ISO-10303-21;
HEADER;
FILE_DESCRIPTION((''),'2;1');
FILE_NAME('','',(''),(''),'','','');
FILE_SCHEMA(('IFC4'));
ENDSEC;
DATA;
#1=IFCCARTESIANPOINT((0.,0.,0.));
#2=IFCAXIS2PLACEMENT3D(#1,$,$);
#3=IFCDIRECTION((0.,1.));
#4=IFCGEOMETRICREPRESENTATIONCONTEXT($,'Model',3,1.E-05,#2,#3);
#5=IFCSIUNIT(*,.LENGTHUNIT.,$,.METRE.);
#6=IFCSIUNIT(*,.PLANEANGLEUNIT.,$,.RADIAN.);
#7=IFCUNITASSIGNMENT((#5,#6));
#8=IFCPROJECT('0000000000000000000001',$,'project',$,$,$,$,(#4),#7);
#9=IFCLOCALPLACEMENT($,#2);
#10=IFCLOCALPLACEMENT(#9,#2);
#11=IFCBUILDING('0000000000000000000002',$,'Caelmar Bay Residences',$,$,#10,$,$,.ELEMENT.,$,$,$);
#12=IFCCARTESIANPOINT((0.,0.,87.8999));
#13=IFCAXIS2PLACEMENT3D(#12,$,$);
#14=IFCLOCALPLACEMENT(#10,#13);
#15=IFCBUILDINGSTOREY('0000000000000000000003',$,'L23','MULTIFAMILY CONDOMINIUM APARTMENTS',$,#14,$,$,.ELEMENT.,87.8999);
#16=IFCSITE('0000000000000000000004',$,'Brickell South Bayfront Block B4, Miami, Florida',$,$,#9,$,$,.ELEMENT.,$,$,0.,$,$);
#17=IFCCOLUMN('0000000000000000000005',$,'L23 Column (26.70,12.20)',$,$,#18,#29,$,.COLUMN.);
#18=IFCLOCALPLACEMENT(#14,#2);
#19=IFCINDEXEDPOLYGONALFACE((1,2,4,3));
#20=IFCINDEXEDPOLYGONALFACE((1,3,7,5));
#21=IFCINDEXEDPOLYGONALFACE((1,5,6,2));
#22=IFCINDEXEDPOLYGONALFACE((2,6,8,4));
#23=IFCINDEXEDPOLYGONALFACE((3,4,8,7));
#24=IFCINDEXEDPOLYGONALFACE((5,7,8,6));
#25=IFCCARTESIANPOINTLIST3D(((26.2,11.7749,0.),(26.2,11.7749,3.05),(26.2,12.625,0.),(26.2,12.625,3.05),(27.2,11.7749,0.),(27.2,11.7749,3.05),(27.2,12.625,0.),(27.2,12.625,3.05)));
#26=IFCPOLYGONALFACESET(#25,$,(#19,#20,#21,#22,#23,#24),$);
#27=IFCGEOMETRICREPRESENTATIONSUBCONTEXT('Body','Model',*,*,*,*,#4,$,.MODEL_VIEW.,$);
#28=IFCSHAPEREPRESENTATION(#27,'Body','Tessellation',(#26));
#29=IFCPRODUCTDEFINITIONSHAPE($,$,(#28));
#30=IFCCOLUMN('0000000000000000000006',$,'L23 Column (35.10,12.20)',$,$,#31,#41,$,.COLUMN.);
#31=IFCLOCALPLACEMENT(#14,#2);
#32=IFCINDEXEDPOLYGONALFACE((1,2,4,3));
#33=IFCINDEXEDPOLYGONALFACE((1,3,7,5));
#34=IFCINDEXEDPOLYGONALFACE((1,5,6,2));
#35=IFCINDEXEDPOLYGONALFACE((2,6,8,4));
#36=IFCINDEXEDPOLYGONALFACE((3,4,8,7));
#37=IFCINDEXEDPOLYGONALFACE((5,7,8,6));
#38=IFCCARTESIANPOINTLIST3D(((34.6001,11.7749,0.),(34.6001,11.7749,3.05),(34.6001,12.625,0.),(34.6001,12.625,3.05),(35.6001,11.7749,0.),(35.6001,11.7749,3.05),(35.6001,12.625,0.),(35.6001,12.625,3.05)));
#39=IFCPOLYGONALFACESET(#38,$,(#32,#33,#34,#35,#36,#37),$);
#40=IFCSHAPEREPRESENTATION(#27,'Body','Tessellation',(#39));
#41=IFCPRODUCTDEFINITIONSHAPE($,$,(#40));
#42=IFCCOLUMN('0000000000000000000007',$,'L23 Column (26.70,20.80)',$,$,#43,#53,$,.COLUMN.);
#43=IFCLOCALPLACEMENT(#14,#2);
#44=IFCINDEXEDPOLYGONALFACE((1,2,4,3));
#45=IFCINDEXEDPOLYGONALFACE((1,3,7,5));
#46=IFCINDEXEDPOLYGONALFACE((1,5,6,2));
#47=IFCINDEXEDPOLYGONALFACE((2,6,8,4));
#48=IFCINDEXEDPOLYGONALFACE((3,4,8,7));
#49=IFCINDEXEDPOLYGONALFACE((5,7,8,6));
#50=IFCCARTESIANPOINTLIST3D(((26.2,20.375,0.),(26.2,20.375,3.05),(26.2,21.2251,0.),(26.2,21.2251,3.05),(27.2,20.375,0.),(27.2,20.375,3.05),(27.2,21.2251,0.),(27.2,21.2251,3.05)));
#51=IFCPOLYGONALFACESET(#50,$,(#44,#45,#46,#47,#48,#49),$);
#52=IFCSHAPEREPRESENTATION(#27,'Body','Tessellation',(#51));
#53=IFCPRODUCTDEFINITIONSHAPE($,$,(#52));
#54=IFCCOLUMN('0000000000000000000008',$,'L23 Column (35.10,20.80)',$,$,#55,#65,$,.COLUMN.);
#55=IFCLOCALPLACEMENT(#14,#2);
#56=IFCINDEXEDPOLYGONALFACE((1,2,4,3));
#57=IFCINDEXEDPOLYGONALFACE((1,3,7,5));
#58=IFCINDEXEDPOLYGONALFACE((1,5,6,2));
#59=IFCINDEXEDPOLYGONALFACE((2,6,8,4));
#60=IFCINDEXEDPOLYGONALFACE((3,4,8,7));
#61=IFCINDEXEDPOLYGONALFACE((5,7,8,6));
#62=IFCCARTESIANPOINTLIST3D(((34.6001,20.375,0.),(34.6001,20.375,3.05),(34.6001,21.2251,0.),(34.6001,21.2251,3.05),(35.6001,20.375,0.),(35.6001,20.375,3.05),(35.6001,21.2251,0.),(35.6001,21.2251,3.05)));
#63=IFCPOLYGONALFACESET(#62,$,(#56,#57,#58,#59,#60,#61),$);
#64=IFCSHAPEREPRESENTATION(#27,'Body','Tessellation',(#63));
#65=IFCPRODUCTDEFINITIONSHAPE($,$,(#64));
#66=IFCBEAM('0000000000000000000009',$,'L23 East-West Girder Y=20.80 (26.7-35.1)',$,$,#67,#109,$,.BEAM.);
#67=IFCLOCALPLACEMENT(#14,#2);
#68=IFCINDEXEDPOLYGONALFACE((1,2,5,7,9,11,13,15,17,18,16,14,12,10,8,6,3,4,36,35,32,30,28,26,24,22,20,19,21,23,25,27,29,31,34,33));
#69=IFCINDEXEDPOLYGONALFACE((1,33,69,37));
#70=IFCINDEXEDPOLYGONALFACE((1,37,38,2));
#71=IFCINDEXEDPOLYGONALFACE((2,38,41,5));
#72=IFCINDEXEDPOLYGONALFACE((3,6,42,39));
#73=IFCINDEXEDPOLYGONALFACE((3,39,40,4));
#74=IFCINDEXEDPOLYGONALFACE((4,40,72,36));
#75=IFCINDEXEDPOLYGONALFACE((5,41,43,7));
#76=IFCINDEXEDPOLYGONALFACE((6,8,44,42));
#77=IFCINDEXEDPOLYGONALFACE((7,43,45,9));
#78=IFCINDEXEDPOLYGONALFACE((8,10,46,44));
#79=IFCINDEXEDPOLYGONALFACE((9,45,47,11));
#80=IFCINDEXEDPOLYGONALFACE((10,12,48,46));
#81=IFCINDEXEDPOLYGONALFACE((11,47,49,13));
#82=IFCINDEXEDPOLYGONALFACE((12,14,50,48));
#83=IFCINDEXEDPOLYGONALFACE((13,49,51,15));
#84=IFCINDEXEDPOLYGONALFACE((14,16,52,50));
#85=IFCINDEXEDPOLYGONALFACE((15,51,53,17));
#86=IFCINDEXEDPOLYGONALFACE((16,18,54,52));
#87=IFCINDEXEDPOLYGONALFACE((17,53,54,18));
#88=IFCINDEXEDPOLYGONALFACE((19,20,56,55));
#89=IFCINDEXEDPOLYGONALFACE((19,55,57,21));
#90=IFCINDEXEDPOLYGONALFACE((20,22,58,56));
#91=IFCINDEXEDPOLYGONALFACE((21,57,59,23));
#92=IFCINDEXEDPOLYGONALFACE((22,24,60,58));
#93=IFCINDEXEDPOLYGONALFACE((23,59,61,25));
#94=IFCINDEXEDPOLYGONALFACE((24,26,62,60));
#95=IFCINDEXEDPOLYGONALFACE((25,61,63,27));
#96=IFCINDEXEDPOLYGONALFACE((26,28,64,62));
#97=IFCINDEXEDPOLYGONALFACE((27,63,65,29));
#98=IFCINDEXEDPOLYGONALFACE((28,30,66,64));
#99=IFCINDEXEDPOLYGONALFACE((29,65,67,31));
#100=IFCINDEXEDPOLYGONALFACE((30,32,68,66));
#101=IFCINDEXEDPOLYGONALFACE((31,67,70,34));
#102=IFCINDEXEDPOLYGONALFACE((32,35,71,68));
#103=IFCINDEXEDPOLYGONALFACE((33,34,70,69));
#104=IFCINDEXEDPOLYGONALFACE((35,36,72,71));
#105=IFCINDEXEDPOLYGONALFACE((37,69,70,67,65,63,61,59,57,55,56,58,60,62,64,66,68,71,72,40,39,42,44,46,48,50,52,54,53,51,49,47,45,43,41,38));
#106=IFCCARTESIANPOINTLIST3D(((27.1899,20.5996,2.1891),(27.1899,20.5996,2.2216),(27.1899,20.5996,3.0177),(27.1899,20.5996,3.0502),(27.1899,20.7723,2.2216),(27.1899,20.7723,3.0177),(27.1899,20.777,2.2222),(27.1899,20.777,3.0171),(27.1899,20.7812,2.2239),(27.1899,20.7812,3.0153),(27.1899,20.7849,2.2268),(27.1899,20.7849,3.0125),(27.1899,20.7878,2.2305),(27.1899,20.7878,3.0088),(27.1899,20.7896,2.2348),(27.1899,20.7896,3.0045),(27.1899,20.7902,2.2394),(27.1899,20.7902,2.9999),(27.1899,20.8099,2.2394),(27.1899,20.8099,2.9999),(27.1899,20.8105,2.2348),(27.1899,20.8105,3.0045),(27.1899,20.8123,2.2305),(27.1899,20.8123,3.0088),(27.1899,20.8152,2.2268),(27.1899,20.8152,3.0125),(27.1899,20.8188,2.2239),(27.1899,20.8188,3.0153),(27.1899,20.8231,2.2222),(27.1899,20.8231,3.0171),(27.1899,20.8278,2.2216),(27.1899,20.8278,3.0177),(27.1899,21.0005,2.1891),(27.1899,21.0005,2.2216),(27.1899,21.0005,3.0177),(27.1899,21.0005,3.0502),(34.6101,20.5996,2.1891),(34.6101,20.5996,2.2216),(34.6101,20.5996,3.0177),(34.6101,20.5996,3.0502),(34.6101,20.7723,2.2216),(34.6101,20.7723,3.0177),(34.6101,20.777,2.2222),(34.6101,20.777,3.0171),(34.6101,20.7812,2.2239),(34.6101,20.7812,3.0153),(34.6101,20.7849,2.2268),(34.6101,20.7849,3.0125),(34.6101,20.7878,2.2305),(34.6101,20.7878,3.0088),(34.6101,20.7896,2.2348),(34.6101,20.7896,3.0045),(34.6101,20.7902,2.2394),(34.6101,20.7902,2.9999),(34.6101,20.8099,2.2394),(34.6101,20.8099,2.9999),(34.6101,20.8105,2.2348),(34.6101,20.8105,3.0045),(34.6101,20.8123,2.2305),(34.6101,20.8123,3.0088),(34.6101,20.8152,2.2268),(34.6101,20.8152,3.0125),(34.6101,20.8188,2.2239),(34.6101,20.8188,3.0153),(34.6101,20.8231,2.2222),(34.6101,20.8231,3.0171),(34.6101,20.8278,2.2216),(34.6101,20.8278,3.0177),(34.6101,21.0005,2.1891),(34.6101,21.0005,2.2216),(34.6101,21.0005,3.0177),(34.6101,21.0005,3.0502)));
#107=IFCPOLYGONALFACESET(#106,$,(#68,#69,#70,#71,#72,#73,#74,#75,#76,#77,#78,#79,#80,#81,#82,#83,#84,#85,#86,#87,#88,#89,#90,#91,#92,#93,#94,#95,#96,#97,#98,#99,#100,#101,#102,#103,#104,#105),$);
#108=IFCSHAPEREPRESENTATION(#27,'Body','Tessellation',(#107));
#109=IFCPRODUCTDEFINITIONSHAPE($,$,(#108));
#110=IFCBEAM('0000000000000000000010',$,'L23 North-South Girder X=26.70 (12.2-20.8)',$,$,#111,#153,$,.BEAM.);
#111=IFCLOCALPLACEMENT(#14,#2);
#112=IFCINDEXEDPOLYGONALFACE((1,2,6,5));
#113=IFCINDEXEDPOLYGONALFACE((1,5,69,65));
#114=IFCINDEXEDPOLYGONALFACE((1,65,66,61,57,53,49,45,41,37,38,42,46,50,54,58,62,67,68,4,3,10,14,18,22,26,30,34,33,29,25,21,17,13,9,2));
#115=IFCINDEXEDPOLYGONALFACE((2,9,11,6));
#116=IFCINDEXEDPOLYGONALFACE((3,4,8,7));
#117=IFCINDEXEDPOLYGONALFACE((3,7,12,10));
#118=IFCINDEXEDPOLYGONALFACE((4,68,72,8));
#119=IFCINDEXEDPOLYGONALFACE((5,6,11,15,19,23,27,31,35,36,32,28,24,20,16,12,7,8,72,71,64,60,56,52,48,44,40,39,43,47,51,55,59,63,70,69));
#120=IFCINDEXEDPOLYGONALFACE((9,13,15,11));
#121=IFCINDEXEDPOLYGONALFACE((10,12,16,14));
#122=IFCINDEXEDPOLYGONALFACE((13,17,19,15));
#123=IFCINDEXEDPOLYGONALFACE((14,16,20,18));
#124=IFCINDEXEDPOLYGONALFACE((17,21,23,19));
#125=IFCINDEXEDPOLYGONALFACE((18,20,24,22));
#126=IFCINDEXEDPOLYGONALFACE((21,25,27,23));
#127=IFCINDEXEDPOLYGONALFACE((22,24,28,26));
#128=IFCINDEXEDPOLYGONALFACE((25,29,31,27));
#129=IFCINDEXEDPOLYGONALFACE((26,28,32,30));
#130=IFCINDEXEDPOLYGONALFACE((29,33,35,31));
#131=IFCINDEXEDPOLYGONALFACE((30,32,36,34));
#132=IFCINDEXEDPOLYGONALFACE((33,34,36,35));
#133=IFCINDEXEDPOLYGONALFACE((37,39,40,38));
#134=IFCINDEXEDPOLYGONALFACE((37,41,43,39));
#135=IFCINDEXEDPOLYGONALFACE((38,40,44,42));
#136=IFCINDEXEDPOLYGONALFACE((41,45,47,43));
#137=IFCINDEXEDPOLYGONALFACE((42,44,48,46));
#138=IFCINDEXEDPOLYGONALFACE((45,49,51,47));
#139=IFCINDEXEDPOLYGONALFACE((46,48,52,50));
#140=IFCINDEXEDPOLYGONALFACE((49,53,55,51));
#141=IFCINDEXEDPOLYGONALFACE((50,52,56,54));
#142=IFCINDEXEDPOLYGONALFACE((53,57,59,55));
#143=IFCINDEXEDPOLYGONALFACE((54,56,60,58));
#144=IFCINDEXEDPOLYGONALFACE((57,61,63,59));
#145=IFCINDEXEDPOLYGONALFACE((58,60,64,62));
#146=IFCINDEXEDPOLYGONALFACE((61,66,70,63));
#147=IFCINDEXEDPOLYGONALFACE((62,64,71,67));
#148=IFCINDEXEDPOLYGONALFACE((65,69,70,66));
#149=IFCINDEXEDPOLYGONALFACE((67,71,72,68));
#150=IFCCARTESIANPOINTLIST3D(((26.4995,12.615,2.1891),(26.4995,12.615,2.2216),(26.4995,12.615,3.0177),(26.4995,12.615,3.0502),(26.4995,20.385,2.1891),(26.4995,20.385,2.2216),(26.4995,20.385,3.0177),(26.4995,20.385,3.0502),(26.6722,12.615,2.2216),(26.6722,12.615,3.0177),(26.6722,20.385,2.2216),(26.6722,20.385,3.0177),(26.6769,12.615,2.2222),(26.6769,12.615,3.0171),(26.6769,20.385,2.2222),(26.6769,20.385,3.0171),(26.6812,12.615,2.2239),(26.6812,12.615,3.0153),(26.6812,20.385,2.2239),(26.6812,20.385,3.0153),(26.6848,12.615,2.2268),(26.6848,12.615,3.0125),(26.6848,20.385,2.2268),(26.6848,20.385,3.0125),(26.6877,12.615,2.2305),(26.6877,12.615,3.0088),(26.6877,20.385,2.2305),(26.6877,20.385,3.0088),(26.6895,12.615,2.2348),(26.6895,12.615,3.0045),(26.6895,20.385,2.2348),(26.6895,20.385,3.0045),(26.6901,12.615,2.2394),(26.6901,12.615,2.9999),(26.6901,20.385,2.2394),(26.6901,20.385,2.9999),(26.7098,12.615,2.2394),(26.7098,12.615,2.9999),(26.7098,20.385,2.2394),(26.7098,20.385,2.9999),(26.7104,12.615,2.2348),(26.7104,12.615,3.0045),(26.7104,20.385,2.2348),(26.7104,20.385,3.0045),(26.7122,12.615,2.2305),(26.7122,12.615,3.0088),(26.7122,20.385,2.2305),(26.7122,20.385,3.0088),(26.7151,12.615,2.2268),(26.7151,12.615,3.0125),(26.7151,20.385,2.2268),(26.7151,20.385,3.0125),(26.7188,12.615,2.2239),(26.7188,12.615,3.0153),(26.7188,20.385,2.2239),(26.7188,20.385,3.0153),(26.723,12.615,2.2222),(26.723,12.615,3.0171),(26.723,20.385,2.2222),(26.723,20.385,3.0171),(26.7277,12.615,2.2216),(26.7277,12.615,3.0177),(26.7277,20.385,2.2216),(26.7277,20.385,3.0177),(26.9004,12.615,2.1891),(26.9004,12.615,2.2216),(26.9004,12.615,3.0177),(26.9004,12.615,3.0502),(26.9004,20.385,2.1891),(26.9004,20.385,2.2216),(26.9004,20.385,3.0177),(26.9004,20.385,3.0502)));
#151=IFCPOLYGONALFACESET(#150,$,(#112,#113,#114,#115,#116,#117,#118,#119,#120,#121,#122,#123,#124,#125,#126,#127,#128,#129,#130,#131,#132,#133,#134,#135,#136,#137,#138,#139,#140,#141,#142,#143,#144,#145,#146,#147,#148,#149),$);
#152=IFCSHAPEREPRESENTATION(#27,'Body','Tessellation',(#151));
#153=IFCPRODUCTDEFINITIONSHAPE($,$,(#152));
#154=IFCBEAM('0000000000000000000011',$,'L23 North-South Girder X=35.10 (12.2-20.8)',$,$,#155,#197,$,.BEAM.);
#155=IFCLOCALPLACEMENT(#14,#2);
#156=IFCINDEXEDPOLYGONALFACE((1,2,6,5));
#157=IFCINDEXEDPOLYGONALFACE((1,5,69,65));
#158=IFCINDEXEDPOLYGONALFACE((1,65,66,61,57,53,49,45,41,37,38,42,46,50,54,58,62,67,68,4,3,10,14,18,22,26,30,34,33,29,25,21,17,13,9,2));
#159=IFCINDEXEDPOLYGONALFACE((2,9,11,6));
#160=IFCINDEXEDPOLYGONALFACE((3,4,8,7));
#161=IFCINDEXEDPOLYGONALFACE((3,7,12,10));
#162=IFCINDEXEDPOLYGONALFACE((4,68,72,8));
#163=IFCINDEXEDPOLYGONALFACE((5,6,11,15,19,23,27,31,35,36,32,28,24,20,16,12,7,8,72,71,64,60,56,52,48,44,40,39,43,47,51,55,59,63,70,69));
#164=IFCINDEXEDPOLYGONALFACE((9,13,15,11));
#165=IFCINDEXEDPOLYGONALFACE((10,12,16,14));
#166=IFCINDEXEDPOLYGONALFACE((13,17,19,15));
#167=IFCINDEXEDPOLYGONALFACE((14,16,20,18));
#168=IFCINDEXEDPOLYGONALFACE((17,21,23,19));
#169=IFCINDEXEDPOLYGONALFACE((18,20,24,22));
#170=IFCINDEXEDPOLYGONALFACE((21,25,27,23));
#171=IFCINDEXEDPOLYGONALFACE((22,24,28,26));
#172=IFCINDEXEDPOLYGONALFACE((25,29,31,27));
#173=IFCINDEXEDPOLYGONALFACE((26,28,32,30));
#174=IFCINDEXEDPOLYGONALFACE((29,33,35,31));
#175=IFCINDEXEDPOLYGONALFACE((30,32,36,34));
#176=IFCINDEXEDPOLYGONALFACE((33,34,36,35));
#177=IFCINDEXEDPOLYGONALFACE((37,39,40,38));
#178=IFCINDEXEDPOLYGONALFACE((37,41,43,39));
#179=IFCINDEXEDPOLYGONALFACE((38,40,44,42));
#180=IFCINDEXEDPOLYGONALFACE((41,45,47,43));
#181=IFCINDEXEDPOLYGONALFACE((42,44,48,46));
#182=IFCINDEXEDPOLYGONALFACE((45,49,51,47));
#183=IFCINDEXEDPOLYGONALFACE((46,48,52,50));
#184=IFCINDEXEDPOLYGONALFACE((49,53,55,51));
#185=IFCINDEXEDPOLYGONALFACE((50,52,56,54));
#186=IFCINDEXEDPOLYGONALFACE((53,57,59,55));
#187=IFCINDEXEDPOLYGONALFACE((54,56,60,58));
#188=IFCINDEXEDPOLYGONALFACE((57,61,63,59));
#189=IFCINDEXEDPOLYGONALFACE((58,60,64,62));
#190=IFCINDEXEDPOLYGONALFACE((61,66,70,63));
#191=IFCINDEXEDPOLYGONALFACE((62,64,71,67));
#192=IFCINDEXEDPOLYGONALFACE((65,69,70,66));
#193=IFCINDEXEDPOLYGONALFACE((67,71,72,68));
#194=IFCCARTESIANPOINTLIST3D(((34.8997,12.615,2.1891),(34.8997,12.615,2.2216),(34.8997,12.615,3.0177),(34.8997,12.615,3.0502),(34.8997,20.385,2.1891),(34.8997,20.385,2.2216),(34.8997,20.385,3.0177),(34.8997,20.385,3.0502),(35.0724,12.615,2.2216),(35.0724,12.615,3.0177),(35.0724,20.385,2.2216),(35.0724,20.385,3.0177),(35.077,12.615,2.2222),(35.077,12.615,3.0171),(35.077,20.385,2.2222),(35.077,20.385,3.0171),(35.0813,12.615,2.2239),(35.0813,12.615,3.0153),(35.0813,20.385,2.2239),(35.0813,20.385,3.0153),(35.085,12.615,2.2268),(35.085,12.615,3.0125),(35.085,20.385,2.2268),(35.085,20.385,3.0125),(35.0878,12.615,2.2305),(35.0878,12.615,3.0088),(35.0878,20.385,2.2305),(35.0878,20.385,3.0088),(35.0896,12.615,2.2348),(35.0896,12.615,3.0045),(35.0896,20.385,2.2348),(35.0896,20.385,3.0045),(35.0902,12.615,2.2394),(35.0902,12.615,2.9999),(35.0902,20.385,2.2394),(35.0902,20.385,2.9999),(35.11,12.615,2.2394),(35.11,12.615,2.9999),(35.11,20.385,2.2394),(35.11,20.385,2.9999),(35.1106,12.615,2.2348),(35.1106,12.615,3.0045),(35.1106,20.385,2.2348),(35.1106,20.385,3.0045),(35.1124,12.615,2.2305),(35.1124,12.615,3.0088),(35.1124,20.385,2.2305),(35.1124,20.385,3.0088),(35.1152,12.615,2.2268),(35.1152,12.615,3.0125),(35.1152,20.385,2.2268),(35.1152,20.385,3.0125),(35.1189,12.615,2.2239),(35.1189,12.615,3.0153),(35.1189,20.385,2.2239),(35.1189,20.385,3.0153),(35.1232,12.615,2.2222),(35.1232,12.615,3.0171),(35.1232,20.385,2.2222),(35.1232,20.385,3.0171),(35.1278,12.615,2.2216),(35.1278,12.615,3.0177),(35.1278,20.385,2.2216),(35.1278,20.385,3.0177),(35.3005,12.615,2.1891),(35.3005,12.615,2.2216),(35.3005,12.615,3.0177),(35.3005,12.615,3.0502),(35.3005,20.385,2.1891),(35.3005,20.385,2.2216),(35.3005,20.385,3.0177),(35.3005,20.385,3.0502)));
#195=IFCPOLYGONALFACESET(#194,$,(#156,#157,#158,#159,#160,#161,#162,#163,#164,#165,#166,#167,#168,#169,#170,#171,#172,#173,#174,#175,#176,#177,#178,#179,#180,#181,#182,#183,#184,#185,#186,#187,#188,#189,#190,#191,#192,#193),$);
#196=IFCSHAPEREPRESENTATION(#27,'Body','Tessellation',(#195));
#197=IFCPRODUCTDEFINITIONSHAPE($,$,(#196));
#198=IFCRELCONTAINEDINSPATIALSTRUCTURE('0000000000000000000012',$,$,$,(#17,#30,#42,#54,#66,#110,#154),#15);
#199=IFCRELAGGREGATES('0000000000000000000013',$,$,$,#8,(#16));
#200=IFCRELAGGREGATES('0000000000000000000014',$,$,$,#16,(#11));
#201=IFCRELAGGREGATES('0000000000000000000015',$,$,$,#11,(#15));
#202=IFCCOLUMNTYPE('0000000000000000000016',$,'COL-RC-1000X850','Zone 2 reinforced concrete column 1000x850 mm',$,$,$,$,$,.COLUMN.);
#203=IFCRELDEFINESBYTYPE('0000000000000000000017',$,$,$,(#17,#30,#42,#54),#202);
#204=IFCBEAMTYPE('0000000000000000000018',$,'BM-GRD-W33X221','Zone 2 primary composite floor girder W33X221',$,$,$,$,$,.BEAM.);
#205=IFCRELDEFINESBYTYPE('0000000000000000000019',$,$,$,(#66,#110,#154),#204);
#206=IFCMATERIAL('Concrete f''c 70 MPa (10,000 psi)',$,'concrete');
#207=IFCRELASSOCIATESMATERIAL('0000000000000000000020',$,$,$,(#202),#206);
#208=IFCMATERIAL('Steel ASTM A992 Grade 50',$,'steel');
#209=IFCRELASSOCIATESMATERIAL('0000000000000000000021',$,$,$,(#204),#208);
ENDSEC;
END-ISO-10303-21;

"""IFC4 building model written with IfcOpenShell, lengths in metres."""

from ifc_helpers import new_model, si_unit, direction, frame, origin, origin_2d, place, context, subcontext, project, spatial, rectangle, i_section, extrude, material, material_profile, profile_set, type_object, element, save


model = new_model("IFC4")

# Units and contexts
model_context = context("Model", 3, precision=1e-05, world=origin(), true_north=direction((0.0, 1.0)))
body_context = subcontext(model_context, "Body", "Model", "MODEL_VIEW")
ifc_project = project(units=[si_unit("LENGTHUNIT", "METRE"), si_unit("PLANEANGLEUNIT", "RADIAN")], contexts=[model_context])

# Site, building, storey
site_placement = place(None, origin())
site = spatial("IfcSite", under=ifc_project, at=site_placement, Name="Brickell South Bayfront Block B4, Miami, Florida", CompositionType="ELEMENT", RefElevation=0.0)
building_placement = place(site_placement, origin())
building = spatial("IfcBuilding", under=site, at=building_placement, Name="Caelmar Bay Residences", CompositionType="ELEMENT")
storey_placement = place(building_placement, frame((0.0, 0.0, 87.8999)))
storey = spatial("IfcBuildingStorey", under=building, at=storey_placement, Name="L23", Description="MULTIFAMILY CONDOMINIUM APARTMENTS", CompositionType="ELEMENT", Elevation=87.8999)

# Columns
ifc_material_1 = material(Name="Concrete f'c 70 MPa (10,000 psi)", Category="concrete")
ifc_material_profile_1 = material_profile(ifc_material_1, rectangle(XDim=1.0, YDim=0.8501, at=origin_2d()), Name="RC-COL-1000X850")
ifc_profile_set_1 = profile_set([ifc_material_profile_1], Name="Concrete f'c 70 MPa (10,000 psi)")
column_type = type_object("IfcColumnType", Name="COL-RC-1000X850", Description="Zone 2 reinforced concrete column 1000x850 mm", PredefinedType="COLUMN", material=ifc_profile_set_1)
for number, where, z_axis, x_axis, name in (
    (1, (26.7, 12.2, 0.0), (0.0, 0.0, 1.0), (1.0, 0.0, 0.0), "L23 Column (26.70,12.20)"),
    (2, (35.1001, 12.2, 0.0), (0.0, 0.0, 1.0), (1.0, 0.0, 0.0), "L23 Column (35.10,12.20)"),
    (3, (26.7, 20.8, 0.0), (0.0, 0.0, 1.0), (1.0, 0.0, 0.0), "L23 Column (26.70,20.80)"),
    (4, (35.1001, 20.8, 0.0), (0.0, 0.0, 1.0), (1.0, 0.0, 0.0), "L23 Column (35.10,20.80)"),
):
    element("IfcColumn", number, at=place(storey_placement, frame(where, z_axis=z_axis, x_axis=x_axis)), inside=storey, type_object=column_type, Name=name, PredefinedType="COLUMN", context=body_context, shape_type="SweptSolid", body=[
        extrude(rectangle(XDim=1.0, YDim=0.8501, at=origin_2d()), origin(), (0.0, 0.0, 1.0), 3.05),
    ])

# Beams
ifc_material_2 = material(Name="Steel ASTM A992 Grade 50", Category="steel")
ifc_material_profile_2 = material_profile(ifc_material_2, i_section(OverallWidth=0.4009, OverallDepth=0.8611, WebThickness=0.0198, FlangeThickness=0.0325, FilletRadius=0.0178, at=origin_2d()), Name="W33X221")
ifc_profile_set_2 = profile_set([ifc_material_profile_2], Name="Steel ASTM A992 Grade 50")
beam_type_1 = type_object("IfcBeamType", Name="BM-GRD-W33X221", Description="Zone 2 primary composite floor girder W33X221", PredefinedType="BEAM", material=ifc_profile_set_2)
beam_1_placement = place(storey_placement, frame((27.1899, 20.8, 2.6196), z_axis=(1.0, 0.0, 0.0), x_axis=(0.0, 1.0, 0.0)))
element("IfcBeam", 5, at=beam_1_placement, inside=storey, type_object=beam_type_1, Name="L23 East-West Girder Y=20.80 (26.7-35.1)", PredefinedType="BEAM", context=body_context, shape_type="SweptSolid", body=[
    extrude(i_section(OverallWidth=0.4009, OverallDepth=0.8611, WebThickness=0.0198, FlangeThickness=0.0325, FilletRadius=0.0178, at=origin_2d()), origin(), (0.0, 0.0, 1.0), 7.4202),
])
for number, where, z_axis, x_axis, name in (
    (6, (26.7, 12.615, 2.6196), (0.0, 1.0, 0.0), (-1.0, 0.0, 0.0), "L23 North-South Girder X=26.70 (12.2-20.8)"),
    (7, (35.1001, 12.615, 2.6196), (0.0, 1.0, 0.0), (-1.0, 0.0, 0.0), "L23 North-South Girder X=35.10 (12.2-20.8)"),
):
    element("IfcBeam", number, at=place(storey_placement, frame(where, z_axis=z_axis, x_axis=x_axis)), inside=storey, type_object=beam_type_1, Name=name, PredefinedType="BEAM", context=body_context, shape_type="SweptSolid", body=[
        extrude(i_section(OverallWidth=0.4009, OverallDepth=0.8611, WebThickness=0.0198, FlangeThickness=0.0325, FilletRadius=0.0178, at=origin_2d()), origin(), (0.0, 0.0, 1.0), 7.77),
    ])

save(model, "model.ifc")
